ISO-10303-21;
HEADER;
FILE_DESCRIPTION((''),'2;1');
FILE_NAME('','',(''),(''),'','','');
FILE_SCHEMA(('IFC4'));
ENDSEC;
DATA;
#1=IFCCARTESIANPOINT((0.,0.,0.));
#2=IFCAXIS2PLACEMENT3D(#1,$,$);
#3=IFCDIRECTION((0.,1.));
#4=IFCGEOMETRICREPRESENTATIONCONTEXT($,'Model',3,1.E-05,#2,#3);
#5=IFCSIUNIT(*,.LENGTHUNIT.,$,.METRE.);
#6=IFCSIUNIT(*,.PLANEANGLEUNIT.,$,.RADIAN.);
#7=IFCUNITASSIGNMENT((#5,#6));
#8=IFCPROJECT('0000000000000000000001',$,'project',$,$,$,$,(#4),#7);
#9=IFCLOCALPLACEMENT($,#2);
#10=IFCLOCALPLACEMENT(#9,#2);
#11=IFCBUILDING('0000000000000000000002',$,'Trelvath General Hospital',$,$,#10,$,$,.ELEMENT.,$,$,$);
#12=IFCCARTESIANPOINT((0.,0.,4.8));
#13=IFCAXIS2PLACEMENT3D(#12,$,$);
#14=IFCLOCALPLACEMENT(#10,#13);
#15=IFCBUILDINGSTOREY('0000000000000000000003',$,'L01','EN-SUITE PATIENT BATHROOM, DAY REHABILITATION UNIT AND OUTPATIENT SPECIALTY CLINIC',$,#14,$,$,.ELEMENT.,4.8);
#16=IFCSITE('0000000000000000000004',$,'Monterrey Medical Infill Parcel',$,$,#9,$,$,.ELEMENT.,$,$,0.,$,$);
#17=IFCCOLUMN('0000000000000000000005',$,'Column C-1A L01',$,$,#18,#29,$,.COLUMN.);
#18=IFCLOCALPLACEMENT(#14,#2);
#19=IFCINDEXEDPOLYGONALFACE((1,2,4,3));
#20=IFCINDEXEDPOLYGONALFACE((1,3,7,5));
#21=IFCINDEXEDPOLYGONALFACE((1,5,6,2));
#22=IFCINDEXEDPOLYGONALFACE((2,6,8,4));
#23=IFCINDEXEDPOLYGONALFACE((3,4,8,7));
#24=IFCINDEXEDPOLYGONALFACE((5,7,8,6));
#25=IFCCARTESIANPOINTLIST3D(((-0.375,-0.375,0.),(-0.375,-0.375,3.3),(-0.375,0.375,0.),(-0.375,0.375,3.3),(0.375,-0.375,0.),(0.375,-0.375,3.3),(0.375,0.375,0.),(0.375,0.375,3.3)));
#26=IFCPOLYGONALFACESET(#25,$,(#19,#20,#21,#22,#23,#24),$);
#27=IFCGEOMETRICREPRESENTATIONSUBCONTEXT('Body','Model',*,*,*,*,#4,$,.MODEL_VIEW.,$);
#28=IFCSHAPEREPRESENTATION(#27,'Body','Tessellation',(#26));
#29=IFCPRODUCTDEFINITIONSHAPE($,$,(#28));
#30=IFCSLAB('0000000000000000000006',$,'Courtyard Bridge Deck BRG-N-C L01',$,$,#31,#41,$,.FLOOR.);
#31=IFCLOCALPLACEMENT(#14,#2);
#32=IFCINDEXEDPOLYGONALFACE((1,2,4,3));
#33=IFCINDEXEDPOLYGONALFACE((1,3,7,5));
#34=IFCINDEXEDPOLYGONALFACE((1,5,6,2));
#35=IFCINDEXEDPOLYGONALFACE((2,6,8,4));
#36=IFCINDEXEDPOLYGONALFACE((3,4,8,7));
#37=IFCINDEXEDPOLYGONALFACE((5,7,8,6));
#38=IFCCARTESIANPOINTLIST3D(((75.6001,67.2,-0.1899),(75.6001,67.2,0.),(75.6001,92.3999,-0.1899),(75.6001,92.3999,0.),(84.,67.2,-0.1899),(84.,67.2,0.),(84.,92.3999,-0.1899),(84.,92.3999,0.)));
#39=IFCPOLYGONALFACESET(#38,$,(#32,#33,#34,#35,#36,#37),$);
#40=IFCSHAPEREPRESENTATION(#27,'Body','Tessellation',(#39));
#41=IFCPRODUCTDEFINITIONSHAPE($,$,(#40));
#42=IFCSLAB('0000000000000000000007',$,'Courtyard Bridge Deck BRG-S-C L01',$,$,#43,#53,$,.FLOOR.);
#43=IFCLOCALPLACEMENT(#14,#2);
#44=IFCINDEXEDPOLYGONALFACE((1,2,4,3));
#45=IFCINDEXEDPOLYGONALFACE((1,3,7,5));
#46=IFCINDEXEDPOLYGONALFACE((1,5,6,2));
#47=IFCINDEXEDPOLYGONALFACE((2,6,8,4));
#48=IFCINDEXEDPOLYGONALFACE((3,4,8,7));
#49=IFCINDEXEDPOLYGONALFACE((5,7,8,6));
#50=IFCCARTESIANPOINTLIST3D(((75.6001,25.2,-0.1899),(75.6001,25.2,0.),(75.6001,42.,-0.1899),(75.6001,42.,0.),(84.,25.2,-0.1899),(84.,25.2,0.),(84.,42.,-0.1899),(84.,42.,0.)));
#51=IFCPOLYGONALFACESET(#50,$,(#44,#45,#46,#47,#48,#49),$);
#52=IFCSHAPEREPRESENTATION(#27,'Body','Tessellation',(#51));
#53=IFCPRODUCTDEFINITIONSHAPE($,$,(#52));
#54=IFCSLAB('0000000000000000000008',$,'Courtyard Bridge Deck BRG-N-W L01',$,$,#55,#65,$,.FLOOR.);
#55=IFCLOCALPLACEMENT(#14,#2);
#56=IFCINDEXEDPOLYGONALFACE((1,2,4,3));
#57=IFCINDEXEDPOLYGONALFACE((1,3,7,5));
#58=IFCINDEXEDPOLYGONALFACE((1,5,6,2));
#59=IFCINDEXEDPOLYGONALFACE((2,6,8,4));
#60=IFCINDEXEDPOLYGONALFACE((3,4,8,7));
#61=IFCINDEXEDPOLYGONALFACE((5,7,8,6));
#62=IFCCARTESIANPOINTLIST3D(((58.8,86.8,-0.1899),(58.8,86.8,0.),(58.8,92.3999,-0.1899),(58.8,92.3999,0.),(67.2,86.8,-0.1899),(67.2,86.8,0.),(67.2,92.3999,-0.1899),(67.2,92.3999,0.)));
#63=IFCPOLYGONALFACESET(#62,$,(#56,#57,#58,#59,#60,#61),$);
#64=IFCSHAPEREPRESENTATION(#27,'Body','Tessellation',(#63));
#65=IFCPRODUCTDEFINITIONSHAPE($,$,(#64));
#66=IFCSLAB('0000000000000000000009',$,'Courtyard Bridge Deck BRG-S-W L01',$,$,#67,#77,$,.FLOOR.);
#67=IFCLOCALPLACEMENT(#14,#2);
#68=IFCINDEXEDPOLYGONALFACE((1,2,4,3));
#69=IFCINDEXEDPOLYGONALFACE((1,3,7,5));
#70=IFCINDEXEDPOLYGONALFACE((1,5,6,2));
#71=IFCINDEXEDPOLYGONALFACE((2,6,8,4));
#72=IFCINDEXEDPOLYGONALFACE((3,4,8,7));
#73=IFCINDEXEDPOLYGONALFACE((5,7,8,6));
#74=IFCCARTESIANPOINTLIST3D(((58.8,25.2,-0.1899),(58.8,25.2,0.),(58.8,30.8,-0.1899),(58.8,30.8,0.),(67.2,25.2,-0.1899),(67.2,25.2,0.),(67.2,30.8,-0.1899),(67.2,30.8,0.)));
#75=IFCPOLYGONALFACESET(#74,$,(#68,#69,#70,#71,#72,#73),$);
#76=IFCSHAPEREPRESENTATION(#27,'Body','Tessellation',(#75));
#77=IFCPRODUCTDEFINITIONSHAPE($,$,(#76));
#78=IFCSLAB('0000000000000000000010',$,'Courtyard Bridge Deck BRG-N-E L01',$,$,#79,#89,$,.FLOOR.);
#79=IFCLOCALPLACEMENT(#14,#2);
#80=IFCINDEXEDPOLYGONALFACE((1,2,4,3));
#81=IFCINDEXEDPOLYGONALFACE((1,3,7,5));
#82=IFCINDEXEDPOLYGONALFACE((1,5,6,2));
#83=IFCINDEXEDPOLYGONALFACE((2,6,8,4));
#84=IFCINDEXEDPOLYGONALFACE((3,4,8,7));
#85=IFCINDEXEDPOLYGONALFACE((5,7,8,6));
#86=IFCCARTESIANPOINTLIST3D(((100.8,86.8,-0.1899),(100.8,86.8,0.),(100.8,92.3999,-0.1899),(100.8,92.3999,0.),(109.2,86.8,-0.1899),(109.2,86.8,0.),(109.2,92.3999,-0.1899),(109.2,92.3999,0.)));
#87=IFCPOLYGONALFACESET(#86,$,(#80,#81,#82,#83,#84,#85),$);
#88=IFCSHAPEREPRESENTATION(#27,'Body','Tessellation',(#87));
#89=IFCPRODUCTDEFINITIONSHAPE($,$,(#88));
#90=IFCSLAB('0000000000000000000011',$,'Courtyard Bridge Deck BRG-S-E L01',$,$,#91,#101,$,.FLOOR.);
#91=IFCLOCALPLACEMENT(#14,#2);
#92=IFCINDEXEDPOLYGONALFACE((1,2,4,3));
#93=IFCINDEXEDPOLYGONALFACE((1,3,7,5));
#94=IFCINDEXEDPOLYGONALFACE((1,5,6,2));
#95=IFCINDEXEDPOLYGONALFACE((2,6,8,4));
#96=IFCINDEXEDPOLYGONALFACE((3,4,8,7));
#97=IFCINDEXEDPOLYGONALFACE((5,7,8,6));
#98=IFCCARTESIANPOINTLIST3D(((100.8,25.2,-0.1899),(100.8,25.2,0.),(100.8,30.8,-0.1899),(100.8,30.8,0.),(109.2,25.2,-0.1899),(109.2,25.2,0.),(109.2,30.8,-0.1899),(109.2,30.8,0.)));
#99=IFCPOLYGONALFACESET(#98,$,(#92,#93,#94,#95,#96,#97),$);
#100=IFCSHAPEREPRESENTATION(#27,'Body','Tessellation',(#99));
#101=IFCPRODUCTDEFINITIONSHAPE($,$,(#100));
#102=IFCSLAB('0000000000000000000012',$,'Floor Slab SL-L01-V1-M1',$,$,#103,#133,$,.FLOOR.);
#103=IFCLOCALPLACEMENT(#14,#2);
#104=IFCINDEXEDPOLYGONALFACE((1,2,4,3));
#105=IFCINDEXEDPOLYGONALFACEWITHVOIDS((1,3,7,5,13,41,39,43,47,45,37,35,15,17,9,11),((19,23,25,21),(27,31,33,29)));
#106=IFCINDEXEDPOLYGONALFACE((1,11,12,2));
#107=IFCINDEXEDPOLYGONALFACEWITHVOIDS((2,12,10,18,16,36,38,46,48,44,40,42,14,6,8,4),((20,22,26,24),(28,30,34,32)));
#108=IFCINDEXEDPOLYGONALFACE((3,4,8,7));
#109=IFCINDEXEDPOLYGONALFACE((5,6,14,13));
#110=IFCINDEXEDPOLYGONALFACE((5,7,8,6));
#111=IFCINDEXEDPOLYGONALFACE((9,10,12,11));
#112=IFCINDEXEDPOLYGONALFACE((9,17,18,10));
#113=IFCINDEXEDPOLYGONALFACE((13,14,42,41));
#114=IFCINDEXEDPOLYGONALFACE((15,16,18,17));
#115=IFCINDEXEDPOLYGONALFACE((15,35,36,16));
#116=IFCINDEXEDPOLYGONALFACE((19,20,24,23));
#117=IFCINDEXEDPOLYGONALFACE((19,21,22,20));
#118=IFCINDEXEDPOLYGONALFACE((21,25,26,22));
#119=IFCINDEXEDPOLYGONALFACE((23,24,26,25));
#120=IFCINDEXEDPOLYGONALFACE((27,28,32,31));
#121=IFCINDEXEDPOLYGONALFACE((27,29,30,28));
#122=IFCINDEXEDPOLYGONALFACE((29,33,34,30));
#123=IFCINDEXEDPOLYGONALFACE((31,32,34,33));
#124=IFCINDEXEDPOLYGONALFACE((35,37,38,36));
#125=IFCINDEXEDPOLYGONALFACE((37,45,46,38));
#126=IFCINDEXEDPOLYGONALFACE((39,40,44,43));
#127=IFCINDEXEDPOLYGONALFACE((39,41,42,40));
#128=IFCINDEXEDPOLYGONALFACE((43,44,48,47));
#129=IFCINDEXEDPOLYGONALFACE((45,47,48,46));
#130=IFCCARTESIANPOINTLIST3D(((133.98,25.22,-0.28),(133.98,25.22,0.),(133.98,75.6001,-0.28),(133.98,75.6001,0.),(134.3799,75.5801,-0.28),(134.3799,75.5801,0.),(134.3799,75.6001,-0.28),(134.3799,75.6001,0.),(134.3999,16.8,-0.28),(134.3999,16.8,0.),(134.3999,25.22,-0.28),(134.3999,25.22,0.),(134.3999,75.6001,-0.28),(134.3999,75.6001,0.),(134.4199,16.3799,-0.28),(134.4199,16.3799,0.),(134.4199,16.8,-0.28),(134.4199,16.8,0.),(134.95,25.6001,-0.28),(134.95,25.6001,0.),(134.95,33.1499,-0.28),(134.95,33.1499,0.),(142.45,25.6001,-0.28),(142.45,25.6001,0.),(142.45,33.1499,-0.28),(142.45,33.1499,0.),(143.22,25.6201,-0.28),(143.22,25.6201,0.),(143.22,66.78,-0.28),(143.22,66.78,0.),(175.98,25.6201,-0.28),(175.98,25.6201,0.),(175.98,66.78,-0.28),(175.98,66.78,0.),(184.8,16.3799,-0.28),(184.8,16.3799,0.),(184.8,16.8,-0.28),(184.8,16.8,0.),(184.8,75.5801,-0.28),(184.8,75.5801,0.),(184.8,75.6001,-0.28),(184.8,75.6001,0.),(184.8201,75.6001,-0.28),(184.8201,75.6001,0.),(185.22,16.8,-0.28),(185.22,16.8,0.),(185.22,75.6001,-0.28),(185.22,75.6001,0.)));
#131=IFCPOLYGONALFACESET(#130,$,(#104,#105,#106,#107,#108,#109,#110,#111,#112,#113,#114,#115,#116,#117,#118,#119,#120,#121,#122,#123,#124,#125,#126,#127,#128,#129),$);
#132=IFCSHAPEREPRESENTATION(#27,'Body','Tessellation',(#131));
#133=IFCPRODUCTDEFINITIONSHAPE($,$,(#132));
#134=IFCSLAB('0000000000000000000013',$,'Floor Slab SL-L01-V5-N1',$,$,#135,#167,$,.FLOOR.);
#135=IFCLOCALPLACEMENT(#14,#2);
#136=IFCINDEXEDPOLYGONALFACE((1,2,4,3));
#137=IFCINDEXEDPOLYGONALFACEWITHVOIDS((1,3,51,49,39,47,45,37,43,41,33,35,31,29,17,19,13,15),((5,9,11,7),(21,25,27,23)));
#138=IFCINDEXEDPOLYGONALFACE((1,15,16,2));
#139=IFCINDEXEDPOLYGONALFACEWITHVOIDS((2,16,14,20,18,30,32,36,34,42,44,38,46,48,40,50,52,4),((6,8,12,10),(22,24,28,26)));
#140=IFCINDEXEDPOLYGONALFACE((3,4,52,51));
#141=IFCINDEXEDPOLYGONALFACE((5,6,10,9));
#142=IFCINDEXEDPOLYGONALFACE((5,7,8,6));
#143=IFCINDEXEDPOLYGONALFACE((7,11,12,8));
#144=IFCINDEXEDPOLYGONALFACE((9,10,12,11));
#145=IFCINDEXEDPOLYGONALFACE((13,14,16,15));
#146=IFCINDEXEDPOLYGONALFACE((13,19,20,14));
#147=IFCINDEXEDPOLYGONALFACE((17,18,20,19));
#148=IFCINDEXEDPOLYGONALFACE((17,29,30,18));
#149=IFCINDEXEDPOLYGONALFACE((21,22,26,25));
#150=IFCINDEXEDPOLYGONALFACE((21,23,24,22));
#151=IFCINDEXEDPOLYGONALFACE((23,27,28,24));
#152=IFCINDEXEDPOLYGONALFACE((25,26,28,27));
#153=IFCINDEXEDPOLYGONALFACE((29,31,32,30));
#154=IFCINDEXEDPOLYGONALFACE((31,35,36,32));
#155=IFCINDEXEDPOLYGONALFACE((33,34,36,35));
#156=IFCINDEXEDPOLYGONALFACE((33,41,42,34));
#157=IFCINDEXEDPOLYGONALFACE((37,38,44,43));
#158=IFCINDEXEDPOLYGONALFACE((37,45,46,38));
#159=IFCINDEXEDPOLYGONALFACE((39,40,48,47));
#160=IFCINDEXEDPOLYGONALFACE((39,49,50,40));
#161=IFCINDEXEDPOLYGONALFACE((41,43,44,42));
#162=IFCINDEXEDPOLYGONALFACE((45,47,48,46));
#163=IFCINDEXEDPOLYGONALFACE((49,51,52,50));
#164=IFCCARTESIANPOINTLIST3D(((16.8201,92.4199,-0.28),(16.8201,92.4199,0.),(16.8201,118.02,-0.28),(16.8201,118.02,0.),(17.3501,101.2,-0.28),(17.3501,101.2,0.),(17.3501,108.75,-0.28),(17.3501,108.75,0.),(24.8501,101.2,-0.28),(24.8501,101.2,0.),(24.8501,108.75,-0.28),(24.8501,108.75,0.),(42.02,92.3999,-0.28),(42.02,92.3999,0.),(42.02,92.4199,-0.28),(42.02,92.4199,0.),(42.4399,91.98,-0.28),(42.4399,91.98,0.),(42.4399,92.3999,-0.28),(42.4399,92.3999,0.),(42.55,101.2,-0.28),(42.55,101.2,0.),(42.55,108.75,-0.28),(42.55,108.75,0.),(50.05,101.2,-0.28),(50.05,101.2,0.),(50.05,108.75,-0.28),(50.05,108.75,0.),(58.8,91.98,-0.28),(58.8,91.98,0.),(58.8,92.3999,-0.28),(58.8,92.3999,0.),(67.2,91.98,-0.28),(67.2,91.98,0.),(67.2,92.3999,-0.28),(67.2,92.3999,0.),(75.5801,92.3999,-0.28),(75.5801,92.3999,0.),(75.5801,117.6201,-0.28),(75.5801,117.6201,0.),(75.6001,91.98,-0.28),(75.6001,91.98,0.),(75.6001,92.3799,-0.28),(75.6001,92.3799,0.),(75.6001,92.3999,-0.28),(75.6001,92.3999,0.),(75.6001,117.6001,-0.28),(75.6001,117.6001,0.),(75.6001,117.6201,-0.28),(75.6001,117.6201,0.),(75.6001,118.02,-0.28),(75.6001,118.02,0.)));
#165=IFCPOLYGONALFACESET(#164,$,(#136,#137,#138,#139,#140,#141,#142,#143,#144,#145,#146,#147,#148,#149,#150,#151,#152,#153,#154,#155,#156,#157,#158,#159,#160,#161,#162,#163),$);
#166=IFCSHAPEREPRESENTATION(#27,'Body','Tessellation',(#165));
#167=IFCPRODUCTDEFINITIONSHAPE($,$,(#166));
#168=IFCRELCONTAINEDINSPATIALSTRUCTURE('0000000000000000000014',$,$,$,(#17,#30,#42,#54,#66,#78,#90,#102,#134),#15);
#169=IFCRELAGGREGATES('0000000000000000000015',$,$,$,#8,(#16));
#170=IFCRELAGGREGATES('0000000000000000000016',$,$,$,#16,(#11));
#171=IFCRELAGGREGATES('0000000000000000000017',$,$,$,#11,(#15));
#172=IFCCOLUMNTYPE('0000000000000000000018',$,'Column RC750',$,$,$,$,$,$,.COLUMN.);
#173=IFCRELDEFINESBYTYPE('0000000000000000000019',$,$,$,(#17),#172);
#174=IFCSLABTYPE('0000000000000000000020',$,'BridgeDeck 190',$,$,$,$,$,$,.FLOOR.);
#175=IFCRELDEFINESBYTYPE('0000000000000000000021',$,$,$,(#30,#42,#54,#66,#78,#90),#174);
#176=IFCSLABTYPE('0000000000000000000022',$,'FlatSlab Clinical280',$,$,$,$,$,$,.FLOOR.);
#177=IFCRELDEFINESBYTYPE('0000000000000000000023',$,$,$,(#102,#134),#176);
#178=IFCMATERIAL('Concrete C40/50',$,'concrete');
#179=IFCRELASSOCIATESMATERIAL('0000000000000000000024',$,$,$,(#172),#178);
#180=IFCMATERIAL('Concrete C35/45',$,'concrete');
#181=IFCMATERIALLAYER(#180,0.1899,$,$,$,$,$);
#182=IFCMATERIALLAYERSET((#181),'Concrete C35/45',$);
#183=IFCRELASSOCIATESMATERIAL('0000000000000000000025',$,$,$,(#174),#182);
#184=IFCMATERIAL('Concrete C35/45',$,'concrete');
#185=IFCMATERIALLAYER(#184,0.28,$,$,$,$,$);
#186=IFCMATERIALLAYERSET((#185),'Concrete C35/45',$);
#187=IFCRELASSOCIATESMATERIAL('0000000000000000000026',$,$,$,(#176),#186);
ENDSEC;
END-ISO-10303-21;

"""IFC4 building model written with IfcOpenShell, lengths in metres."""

from ifc_helpers import new_model, si_unit, direction, frame, origin, origin_with_axes, origin_2d, place, context, subcontext, project, spatial, polyline, rectangle, outline, extrude, material, layer, layer_set, material_profile, profile_set, type_object, element, save


model = new_model("IFC4")

# Units and contexts
model_context = context("Model", 3, precision=1e-05, world=origin(), true_north=direction((0.0, 1.0)))
body_context = subcontext(model_context, "Body", "Model", "MODEL_VIEW")
ifc_project = project(units=[si_unit("LENGTHUNIT", "METRE"), si_unit("PLANEANGLEUNIT", "RADIAN")], contexts=[model_context])

# Site, building, storey
site_placement = place(None, origin())
site = spatial("IfcSite", under=ifc_project, at=site_placement, Name="Monterrey Medical Infill Parcel", CompositionType="ELEMENT", RefElevation=0.0)
building_placement = place(site_placement, origin())
building = spatial("IfcBuilding", under=site, at=building_placement, Name="Trelvath General Hospital", CompositionType="ELEMENT")
storey_placement = place(building_placement, frame((0.0, 0.0, 4.8)))
storey = spatial("IfcBuildingStorey", under=building, at=storey_placement, Name="L01", Description="EN-SUITE PATIENT BATHROOM, DAY REHABILITATION UNIT AND OUTPATIENT SPECIALTY CLINIC", CompositionType="ELEMENT", Elevation=4.8)

# Column
ifc_material_1 = material(Name="Concrete C40/50", Category="concrete")
ifc_material_profile = material_profile(ifc_material_1, rectangle(XDim=0.75, YDim=0.75, at=origin_2d()), Name="RC750x750")
ifc_profile_set = profile_set([ifc_material_profile], Name="Concrete C40/50")
column_type = type_object("IfcColumnType", Name="Column RC750", PredefinedType="COLUMN", material=ifc_profile_set)
column_placement = place(storey_placement, origin_with_axes())
element("IfcColumn", 1, at=column_placement, inside=storey, type_object=column_type, Name="Column C-1A L01", PredefinedType="COLUMN", context=body_context, shape_type="SweptSolid", body=[
    extrude(rectangle(XDim=0.75, YDim=0.75, at=origin_2d()), origin(), (0.0, 0.0, 1.0), 3.3),
])

# Slabs
ifc_material_2 = material(Name="Concrete C35/45", Category="concrete")
ifc_layer_1 = layer(ifc_material_2, 0.1899)
ifc_layer_set_1 = layer_set([ifc_layer_1], Name="Concrete C35/45")
slab_type_1 = type_object("IfcSlabType", Name="BridgeDeck 190", PredefinedType="FLOOR", material=ifc_layer_set_1)
slab_1_placement = place(storey_placement, frame((0.0, 0.0, -0.1899)))
element("IfcSlab", 2, at=slab_1_placement, inside=storey, type_object=slab_type_1, Name="Courtyard Bridge Deck BRG-N-C L01", PredefinedType="FLOOR", context=body_context, shape_type="SweptSolid", body=[
    extrude(outline(polyline([(75.6001, 67.2), (84.0, 67.2), (84.0, 92.3999), (75.6001, 92.3999), (75.6001, 67.2)])), origin(), (0.0, 0.0, 1.0), 0.1899),
])
slab_2_placement = place(storey_placement, frame((0.0, 0.0, -0.1899)))
element("IfcSlab", 3, at=slab_2_placement, inside=storey, type_object=slab_type_1, Name="Courtyard Bridge Deck BRG-S-C L01", PredefinedType="FLOOR", context=body_context, shape_type="SweptSolid", body=[
    extrude(outline(polyline([(75.6001, 25.2), (84.0, 25.2), (84.0, 42.0), (75.6001, 42.0), (75.6001, 25.2)])), origin(), (0.0, 0.0, 1.0), 0.1899),
])
slab_3_placement = place(storey_placement, frame((0.0, 0.0, -0.1899)))
element("IfcSlab", 4, at=slab_3_placement, inside=storey, type_object=slab_type_1, Name="Courtyard Bridge Deck BRG-N-W L01", PredefinedType="FLOOR", context=body_context, shape_type="SweptSolid", body=[
    extrude(outline(polyline([(58.8, 86.8), (67.2, 86.8), (67.2, 92.3999), (58.8, 92.3999), (58.8, 86.8)])), origin(), (0.0, 0.0, 1.0), 0.1899),
])
slab_4_placement = place(storey_placement, frame((0.0, 0.0, -0.1899)))
element("IfcSlab", 5, at=slab_4_placement, inside=storey, type_object=slab_type_1, Name="Courtyard Bridge Deck BRG-S-W L01", PredefinedType="FLOOR", context=body_context, shape_type="SweptSolid", body=[
    extrude(outline(polyline([(58.8, 25.2), (67.2, 25.2), (67.2, 30.8), (58.8, 30.8), (58.8, 25.2)])), origin(), (0.0, 0.0, 1.0), 0.1899),
])
slab_5_placement = place(storey_placement, frame((0.0, 0.0, -0.1899)))
element("IfcSlab", 6, at=slab_5_placement, inside=storey, type_object=slab_type_1, Name="Courtyard Bridge Deck BRG-N-E L01", PredefinedType="FLOOR", context=body_context, shape_type="SweptSolid", body=[
    extrude(outline(polyline([(100.8, 86.8), (109.2, 86.8), (109.2, 92.3999), (100.8, 92.3999), (100.8, 86.8)])), origin(), (0.0, 0.0, 1.0), 0.1899),
])
slab_6_placement = place(storey_placement, frame((0.0, 0.0, -0.1899)))
element("IfcSlab", 7, at=slab_6_placement, inside=storey, type_object=slab_type_1, Name="Courtyard Bridge Deck BRG-S-E L01", PredefinedType="FLOOR", context=body_context, shape_type="SweptSolid", body=[
    extrude(outline(polyline([(100.8, 25.2), (109.2, 25.2), (109.2, 30.8), (100.8, 30.8), (100.8, 25.2)])), origin(), (0.0, 0.0, 1.0), 0.1899),
])
ifc_material_3 = material(Name="Concrete C35/45", Category="concrete")
ifc_layer_2 = layer(ifc_material_3, 0.28)
ifc_layer_set_2 = layer_set([ifc_layer_2], Name="Concrete C35/45")
slab_type_2 = type_object("IfcSlabType", Name="FlatSlab Clinical280", PredefinedType="FLOOR", material=ifc_layer_set_2)
slab_7_placement = place(storey_placement, frame((0.0, 0.0, -0.28)))
element("IfcSlab", 8, at=slab_7_placement, inside=storey, type_object=slab_type_2, Name="Floor Slab SL-L01-V1-M1", PredefinedType="FLOOR", context=body_context, shape_type="SweptSolid", body=[
    extrude(outline(polyline([(133.98, 25.22), (133.98, 75.6001), (134.3799, 75.6001), (134.3799, 75.5801), (134.3999, 75.6001), (184.8, 75.6001), (184.8, 75.5801), (184.8201, 75.6001), (185.22, 75.6001), (185.22, 16.8), (184.8, 16.8), (184.8, 16.3799), (134.4199, 16.3799), (134.4199, 16.8), (134.3999, 16.8), (134.3999, 25.22), (133.98, 25.22)]), holes=[polyline([(143.22, 66.78), (143.22, 25.6201), (175.98, 25.6201), (175.98, 66.78), (143.22, 66.78)]), polyline([(134.95, 25.6001), (142.45, 25.6001), (142.45, 33.1499), (134.95, 33.1499), (134.95, 25.6001)])]), origin(), (0.0, 0.0, 1.0), 0.28),
])
slab_8_placement = place(storey_placement, frame((0.0, 0.0, -0.28)))
element("IfcSlab", 9, at=slab_8_placement, inside=storey, type_object=slab_type_2, Name="Floor Slab SL-L01-V5-N1", PredefinedType="FLOOR", context=body_context, shape_type="SweptSolid", body=[
    extrude(outline(polyline([(16.8201, 92.4199), (16.8201, 118.02), (75.6001, 118.02), (75.6001, 117.6201), (75.5801, 117.6201), (75.6001, 117.6001), (75.6001, 92.3999), (75.5801, 92.3999), (75.6001, 92.3799), (75.6001, 91.98), (67.2, 91.98), (67.2, 92.3999), (58.8, 92.3999), (58.8, 91.98), (42.4399, 91.98), (42.4399, 92.3999), (42.02, 92.3999), (42.02, 92.4199), (16.8201, 92.4199)]), holes=[polyline([(17.3501, 101.2), (24.8501, 101.2), (24.8501, 108.75), (17.3501, 108.75), (17.3501, 101.2)]), polyline([(42.55, 101.2), (50.05, 101.2), (50.05, 108.75), (42.55, 108.75), (42.55, 101.2)])]), origin(), (0.0, 0.0, 1.0), 0.28),
])

save(model, "model.ifc")
